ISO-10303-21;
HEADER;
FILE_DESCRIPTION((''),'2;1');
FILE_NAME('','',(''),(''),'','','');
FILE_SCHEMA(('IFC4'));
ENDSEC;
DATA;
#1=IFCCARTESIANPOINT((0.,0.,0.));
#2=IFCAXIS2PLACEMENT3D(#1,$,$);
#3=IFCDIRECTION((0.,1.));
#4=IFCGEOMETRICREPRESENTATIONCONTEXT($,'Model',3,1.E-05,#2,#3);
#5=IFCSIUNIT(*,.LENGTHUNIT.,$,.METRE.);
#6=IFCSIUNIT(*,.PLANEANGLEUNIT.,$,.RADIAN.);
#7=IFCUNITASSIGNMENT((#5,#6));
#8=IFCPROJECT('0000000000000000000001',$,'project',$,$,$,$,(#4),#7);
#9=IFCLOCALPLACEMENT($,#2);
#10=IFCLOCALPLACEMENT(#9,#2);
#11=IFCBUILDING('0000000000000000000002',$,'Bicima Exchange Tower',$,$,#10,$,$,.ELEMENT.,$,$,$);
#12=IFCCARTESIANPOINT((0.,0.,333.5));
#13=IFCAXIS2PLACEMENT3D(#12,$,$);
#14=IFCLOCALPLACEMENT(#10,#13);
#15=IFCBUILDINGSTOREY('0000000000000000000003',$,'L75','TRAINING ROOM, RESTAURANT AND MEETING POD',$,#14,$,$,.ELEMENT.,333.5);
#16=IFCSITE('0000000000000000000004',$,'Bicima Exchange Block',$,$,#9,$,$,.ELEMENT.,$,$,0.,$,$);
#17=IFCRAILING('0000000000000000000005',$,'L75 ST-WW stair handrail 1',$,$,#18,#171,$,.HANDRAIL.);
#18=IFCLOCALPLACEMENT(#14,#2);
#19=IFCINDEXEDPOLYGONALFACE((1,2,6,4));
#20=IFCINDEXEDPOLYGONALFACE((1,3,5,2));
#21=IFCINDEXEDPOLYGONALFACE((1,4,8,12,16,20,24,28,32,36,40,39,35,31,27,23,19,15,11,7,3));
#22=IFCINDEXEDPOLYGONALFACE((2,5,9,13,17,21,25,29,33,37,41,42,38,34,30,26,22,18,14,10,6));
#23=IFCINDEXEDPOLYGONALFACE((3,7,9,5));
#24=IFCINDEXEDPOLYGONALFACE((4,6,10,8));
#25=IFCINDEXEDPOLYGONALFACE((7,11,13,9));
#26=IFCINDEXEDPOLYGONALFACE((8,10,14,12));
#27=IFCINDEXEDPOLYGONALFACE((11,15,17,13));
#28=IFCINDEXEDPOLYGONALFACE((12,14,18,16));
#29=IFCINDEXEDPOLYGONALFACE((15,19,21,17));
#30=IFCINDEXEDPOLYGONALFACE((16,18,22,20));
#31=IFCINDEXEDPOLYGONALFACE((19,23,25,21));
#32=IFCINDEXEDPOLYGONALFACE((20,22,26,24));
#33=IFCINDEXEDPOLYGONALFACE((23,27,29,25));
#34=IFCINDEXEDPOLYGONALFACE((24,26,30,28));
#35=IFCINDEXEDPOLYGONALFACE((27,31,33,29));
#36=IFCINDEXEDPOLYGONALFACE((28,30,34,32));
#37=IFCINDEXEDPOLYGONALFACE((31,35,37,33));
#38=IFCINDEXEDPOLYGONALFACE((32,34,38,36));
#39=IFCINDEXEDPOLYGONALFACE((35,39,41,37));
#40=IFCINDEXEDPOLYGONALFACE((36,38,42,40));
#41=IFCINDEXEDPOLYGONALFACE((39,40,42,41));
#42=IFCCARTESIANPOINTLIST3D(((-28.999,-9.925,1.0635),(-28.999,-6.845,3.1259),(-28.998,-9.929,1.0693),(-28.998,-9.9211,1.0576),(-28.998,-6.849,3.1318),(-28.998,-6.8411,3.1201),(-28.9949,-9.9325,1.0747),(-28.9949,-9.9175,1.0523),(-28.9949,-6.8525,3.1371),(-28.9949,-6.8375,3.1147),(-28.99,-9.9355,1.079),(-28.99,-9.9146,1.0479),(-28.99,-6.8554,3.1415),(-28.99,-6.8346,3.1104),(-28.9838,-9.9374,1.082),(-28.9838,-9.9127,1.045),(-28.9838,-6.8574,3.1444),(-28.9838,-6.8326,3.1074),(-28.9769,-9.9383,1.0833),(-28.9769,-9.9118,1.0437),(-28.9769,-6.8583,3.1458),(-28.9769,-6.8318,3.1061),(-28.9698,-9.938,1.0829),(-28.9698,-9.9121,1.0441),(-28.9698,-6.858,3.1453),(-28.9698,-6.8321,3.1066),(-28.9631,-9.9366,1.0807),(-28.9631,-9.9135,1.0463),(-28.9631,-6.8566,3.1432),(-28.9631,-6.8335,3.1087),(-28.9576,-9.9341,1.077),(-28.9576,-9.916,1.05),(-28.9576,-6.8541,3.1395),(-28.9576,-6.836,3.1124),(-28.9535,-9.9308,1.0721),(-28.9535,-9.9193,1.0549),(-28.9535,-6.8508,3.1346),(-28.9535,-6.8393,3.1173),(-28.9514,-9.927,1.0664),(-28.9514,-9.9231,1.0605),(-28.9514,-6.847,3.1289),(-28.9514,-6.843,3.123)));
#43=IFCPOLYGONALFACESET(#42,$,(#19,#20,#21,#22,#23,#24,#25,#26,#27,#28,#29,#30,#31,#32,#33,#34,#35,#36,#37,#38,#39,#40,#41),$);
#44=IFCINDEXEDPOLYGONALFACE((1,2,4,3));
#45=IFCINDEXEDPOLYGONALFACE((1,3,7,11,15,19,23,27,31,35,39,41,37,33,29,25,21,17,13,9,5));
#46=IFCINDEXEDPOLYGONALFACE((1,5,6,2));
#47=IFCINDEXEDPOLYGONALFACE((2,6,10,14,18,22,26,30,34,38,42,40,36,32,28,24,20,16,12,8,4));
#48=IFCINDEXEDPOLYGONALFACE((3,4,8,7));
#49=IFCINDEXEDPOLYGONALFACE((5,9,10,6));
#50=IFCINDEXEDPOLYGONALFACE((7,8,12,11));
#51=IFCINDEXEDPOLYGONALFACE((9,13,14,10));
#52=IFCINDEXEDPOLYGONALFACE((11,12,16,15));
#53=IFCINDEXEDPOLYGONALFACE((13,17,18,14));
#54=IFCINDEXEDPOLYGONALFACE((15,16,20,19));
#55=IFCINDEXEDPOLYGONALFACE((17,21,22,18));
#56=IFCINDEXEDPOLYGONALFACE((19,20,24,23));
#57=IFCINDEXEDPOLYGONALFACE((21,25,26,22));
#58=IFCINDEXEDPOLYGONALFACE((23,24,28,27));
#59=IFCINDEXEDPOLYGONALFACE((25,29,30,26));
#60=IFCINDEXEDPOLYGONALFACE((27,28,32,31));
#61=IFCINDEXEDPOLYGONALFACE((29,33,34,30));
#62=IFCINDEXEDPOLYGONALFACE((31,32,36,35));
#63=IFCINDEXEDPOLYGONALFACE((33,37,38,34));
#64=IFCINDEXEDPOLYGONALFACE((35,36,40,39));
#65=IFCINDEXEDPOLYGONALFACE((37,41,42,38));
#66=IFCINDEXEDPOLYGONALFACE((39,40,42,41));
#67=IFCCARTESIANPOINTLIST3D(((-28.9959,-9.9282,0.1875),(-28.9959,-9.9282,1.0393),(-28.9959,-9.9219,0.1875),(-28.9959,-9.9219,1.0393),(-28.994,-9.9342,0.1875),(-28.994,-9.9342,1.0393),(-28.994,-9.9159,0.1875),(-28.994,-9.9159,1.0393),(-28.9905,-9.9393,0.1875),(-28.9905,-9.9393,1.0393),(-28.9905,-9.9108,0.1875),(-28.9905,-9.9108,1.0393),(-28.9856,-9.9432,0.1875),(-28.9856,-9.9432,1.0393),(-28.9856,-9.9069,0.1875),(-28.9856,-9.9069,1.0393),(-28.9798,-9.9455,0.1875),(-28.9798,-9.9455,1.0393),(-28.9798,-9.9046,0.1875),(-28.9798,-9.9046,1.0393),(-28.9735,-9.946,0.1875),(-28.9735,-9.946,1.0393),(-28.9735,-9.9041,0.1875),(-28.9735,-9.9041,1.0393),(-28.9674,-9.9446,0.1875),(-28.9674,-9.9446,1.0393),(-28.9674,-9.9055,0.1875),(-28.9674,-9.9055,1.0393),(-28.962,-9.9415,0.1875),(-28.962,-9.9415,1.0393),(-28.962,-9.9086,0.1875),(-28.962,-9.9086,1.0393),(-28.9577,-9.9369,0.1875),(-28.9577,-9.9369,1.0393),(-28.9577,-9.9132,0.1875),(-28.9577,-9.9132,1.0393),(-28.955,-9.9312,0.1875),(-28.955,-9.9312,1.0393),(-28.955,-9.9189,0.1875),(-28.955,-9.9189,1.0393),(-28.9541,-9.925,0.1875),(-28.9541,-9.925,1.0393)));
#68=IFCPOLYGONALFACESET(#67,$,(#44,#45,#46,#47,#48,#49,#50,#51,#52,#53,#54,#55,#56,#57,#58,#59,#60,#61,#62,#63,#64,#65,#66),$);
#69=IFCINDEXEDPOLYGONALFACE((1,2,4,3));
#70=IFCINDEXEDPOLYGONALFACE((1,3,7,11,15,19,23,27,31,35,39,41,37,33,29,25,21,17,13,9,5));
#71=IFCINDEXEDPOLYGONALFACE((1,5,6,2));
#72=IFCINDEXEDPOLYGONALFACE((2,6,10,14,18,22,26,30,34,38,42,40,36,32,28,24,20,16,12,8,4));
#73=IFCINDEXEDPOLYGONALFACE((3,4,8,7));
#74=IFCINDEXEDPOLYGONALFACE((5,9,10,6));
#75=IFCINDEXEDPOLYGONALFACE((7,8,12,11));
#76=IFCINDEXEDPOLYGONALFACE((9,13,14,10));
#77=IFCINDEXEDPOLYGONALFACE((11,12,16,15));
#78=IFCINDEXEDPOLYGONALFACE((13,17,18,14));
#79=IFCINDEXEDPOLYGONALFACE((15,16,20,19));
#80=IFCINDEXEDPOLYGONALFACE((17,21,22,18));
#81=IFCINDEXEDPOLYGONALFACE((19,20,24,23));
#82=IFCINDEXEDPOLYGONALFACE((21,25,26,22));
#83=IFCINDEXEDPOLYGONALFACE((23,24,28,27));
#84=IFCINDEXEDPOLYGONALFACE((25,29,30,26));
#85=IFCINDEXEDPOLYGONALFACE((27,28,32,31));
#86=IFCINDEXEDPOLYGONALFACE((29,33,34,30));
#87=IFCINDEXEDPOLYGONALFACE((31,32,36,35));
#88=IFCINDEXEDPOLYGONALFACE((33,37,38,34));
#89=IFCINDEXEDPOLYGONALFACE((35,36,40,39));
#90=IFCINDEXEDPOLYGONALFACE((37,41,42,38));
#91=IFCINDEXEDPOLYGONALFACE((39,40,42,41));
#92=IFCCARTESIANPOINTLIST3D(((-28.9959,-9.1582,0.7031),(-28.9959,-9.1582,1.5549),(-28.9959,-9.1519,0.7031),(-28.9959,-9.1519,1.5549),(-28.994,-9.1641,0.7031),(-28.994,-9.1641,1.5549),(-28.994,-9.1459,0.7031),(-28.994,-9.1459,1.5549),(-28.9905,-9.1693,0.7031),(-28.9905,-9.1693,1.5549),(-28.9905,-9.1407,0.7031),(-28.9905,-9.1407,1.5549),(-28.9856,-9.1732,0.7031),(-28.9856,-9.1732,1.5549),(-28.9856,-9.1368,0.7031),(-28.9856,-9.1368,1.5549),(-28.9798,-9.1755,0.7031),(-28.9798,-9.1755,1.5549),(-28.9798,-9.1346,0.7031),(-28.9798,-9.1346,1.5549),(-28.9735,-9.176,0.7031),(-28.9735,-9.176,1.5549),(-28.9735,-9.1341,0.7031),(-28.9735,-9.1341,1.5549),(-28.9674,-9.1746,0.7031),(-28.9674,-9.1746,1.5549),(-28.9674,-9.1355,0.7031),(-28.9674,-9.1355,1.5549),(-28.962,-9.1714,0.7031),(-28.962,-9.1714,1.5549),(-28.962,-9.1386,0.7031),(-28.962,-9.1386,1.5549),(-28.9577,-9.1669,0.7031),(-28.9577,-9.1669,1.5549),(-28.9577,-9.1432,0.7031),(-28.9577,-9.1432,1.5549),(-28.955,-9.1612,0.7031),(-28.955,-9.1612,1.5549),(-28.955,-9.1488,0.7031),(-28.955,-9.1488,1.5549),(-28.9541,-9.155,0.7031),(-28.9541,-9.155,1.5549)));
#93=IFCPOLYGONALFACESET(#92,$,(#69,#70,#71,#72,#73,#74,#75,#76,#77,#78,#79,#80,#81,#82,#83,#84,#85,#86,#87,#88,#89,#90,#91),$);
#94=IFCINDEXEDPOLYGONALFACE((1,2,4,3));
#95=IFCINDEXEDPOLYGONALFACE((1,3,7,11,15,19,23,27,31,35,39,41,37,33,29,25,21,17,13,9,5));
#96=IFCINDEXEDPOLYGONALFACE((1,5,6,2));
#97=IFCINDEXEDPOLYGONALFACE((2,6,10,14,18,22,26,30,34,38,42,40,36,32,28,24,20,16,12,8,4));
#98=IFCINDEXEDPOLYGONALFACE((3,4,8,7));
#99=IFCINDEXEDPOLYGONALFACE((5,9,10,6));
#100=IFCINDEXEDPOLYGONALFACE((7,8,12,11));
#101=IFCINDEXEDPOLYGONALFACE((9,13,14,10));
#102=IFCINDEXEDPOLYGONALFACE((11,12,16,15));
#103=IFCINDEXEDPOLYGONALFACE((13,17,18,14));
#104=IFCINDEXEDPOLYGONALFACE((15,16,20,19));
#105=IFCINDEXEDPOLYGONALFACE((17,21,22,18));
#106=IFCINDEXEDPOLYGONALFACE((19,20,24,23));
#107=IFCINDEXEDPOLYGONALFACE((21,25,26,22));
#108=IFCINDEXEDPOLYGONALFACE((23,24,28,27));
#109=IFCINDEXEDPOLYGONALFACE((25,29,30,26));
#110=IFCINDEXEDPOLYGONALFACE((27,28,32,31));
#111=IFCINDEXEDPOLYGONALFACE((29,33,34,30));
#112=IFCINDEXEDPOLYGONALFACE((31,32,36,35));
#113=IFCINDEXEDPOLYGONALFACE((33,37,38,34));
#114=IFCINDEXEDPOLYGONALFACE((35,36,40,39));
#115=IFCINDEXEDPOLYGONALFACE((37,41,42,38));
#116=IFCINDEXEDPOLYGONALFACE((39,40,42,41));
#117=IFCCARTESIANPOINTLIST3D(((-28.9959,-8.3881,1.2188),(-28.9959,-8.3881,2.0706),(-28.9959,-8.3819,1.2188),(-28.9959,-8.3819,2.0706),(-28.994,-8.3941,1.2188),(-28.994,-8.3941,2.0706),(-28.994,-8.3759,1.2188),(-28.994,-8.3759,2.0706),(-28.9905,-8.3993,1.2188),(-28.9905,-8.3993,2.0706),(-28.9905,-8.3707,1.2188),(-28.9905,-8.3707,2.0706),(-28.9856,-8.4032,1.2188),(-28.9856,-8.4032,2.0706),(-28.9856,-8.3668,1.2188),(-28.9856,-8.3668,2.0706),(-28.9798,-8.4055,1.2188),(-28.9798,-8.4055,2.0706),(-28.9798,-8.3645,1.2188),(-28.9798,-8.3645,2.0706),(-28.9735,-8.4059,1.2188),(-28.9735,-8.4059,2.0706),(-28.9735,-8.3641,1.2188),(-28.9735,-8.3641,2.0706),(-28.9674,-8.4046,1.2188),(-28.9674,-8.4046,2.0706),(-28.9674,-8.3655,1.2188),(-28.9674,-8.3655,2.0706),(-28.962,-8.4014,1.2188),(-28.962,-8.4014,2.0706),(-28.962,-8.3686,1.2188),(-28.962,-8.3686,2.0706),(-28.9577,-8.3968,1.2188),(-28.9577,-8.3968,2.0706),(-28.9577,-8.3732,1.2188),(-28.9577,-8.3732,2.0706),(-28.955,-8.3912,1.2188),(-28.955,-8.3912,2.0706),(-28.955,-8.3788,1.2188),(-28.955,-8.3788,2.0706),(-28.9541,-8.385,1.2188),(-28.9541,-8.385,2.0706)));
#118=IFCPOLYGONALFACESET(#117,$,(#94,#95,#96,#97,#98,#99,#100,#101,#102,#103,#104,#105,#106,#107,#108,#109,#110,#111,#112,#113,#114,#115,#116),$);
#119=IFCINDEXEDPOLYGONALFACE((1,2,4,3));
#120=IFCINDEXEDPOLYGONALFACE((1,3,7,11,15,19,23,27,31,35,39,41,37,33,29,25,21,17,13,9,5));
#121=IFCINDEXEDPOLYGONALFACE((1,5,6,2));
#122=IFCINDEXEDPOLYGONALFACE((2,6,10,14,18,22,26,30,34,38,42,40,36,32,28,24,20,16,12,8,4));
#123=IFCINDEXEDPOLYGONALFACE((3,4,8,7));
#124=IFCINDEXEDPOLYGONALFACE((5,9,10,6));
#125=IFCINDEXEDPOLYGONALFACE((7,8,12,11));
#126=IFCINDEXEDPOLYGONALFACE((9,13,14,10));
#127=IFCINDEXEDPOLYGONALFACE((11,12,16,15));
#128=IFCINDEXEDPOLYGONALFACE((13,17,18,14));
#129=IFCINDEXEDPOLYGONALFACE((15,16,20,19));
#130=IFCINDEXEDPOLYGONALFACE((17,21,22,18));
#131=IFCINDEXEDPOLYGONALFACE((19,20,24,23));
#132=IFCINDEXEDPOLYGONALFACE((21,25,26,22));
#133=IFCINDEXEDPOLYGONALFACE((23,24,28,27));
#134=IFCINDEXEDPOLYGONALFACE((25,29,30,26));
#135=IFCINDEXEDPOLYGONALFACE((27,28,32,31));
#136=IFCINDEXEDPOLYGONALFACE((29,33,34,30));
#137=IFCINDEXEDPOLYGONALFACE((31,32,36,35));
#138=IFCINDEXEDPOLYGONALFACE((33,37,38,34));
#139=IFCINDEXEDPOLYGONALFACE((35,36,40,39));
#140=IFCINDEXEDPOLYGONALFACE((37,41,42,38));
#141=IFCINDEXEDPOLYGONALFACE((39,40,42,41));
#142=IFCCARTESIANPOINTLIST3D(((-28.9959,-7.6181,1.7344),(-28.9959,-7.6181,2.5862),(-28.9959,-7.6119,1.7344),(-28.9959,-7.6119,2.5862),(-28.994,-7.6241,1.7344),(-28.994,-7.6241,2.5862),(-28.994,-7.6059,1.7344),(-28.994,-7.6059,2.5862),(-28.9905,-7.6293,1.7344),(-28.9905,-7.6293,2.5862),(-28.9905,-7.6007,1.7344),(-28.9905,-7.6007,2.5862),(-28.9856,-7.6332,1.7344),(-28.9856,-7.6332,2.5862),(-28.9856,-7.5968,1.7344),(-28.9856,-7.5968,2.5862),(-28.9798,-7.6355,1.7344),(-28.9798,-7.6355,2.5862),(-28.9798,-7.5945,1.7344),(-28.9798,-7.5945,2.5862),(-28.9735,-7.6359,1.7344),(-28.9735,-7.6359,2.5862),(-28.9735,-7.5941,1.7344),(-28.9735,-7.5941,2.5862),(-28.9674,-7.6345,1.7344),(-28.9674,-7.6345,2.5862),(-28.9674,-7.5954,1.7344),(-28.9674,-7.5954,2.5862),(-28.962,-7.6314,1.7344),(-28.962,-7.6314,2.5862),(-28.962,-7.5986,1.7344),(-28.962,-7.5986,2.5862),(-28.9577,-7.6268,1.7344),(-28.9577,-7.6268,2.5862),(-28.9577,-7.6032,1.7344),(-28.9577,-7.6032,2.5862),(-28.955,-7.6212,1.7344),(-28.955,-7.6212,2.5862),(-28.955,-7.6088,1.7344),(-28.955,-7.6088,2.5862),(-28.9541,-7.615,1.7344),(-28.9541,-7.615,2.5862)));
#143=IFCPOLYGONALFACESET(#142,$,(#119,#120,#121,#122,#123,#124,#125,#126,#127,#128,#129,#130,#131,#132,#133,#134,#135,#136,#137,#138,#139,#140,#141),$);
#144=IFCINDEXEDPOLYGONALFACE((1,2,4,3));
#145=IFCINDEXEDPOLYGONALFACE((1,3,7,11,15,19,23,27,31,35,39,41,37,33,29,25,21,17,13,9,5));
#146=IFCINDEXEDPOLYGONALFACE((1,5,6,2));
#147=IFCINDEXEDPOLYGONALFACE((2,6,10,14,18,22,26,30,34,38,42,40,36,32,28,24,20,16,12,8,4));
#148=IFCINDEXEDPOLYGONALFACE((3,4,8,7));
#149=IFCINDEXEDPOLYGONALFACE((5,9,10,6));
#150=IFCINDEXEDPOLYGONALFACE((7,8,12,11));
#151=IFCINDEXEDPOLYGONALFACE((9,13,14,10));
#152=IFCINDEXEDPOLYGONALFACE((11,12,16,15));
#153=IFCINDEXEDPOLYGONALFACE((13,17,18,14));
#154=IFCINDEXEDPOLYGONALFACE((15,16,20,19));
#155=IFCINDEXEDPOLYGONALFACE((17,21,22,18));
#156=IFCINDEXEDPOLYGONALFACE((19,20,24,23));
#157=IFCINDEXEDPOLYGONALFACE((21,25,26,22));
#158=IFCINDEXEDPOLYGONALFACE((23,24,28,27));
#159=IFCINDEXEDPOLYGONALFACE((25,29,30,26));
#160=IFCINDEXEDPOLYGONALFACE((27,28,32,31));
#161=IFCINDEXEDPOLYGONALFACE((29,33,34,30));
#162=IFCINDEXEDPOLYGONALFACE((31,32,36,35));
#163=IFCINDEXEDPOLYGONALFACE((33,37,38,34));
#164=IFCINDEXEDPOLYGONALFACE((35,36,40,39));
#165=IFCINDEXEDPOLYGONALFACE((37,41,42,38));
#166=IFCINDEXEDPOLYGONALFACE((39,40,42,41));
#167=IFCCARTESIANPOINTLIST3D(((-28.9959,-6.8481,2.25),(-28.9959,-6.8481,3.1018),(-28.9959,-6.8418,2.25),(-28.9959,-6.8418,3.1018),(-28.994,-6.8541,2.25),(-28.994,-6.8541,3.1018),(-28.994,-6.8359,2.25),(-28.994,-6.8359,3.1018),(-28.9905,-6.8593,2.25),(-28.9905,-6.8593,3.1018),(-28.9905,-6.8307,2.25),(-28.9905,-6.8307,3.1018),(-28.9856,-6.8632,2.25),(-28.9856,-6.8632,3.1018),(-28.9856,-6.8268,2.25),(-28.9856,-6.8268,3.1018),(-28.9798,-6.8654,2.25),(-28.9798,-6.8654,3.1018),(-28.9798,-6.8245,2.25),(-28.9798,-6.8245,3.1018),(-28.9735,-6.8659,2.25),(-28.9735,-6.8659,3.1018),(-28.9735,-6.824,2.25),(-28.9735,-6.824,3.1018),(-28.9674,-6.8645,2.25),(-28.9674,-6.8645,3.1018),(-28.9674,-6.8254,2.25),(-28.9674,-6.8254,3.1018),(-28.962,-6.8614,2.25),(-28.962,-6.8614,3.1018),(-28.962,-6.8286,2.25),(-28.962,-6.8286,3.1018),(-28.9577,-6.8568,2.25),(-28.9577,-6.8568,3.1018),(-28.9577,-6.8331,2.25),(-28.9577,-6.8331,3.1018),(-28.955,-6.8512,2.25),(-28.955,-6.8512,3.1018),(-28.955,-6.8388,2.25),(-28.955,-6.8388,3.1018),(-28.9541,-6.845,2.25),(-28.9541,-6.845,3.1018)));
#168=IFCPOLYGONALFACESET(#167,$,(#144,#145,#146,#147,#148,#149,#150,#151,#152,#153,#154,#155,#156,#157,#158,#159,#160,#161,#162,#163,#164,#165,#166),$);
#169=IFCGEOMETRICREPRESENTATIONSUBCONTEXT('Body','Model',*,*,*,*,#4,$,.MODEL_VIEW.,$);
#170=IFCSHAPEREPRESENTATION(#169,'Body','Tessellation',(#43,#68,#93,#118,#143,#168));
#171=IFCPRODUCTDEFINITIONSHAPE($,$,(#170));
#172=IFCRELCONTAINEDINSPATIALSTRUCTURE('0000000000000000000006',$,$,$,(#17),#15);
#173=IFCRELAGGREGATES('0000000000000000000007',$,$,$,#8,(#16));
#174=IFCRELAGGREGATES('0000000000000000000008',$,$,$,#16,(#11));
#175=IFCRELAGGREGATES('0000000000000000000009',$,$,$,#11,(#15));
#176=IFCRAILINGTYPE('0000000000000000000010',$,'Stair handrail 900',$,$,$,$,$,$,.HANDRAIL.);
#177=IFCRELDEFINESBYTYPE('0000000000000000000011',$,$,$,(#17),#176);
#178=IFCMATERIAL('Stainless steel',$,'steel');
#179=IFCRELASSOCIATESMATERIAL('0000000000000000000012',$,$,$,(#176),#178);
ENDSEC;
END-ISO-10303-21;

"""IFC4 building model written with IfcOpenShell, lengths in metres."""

from ifc_helpers import new_model, si_unit, direction, frame, origin, origin_2d, place, context, subcontext, project, spatial, circle, extrude, material, type_object, element, save


model = new_model("IFC4")

# Units and contexts
model_context = context("Model", 3, precision=1e-05, world=origin(), true_north=direction((0.0, 1.0)))
body_context = subcontext(model_context, "Body", "Model", "MODEL_VIEW")
ifc_project = project(units=[si_unit("LENGTHUNIT", "METRE"), si_unit("PLANEANGLEUNIT", "RADIAN")], contexts=[model_context])

# Site, building, storey
site_placement = place(None, origin())
site = spatial("IfcSite", under=ifc_project, at=site_placement, Name="Bicima Exchange Block", CompositionType="ELEMENT", RefElevation=0.0)
building_placement = place(site_placement, origin())
building = spatial("IfcBuilding", under=site, at=building_placement, Name="Bicima Exchange Tower", CompositionType="ELEMENT")
storey_placement = place(building_placement, frame((0.0, 0.0, 333.5)))
storey = spatial("IfcBuildingStorey", under=building, at=storey_placement, Name="L75", Description="TRAINING ROOM, RESTAURANT AND MEETING POD", CompositionType="ELEMENT", Elevation=333.5)

# Railing
ifc_material_1 = material(Name="Stainless steel", Category="steel")
railing_type_1 = type_object("IfcRailingType", Name="Stair handrail 900", PredefinedType="HANDRAIL", material=ifc_material_1)
railing_1_placement = place(storey_placement, frame((-28.9751, -9.925, 0.1875)))
element("IfcRailing", 1, at=railing_1_placement, inside=storey, type_object=railing_type_1, Name="L75 ST-WW stair handrail 1", PredefinedType="HANDRAIL", context=body_context, shape_type="SweptSolid", body=[
    extrude(circle(Radius=0.0239, at=origin_2d()), frame((0.0, 0.0, 0.876), z_axis=(0.0, 0.830914, 0.556401), x_axis=(-1.0, 0.0, 0.0)), (0.0, 0.0, 1.0), 3.7068),
    extrude(circle(Radius=0.021, at=origin_2d()), origin(), (0.0, 0.0, 1.0), 0.8518),
    extrude(circle(Radius=0.021, at=origin_2d()), frame((0.0, 0.77, 0.5156)), (0.0, 0.0, 1.0), 0.8518),
    extrude(circle(Radius=0.021, at=origin_2d()), frame((0.0, 1.54, 1.0312)), (0.0, 0.0, 1.0), 0.8518),
    extrude(circle(Radius=0.021, at=origin_2d()), frame((0.0, 2.3101, 1.5469)), (0.0, 0.0, 1.0), 0.8518),
    extrude(circle(Radius=0.021, at=origin_2d()), frame((0.0, 3.0801, 2.0625)), (0.0, 0.0, 1.0), 0.8518),
])

save(model, "model.ifc")
